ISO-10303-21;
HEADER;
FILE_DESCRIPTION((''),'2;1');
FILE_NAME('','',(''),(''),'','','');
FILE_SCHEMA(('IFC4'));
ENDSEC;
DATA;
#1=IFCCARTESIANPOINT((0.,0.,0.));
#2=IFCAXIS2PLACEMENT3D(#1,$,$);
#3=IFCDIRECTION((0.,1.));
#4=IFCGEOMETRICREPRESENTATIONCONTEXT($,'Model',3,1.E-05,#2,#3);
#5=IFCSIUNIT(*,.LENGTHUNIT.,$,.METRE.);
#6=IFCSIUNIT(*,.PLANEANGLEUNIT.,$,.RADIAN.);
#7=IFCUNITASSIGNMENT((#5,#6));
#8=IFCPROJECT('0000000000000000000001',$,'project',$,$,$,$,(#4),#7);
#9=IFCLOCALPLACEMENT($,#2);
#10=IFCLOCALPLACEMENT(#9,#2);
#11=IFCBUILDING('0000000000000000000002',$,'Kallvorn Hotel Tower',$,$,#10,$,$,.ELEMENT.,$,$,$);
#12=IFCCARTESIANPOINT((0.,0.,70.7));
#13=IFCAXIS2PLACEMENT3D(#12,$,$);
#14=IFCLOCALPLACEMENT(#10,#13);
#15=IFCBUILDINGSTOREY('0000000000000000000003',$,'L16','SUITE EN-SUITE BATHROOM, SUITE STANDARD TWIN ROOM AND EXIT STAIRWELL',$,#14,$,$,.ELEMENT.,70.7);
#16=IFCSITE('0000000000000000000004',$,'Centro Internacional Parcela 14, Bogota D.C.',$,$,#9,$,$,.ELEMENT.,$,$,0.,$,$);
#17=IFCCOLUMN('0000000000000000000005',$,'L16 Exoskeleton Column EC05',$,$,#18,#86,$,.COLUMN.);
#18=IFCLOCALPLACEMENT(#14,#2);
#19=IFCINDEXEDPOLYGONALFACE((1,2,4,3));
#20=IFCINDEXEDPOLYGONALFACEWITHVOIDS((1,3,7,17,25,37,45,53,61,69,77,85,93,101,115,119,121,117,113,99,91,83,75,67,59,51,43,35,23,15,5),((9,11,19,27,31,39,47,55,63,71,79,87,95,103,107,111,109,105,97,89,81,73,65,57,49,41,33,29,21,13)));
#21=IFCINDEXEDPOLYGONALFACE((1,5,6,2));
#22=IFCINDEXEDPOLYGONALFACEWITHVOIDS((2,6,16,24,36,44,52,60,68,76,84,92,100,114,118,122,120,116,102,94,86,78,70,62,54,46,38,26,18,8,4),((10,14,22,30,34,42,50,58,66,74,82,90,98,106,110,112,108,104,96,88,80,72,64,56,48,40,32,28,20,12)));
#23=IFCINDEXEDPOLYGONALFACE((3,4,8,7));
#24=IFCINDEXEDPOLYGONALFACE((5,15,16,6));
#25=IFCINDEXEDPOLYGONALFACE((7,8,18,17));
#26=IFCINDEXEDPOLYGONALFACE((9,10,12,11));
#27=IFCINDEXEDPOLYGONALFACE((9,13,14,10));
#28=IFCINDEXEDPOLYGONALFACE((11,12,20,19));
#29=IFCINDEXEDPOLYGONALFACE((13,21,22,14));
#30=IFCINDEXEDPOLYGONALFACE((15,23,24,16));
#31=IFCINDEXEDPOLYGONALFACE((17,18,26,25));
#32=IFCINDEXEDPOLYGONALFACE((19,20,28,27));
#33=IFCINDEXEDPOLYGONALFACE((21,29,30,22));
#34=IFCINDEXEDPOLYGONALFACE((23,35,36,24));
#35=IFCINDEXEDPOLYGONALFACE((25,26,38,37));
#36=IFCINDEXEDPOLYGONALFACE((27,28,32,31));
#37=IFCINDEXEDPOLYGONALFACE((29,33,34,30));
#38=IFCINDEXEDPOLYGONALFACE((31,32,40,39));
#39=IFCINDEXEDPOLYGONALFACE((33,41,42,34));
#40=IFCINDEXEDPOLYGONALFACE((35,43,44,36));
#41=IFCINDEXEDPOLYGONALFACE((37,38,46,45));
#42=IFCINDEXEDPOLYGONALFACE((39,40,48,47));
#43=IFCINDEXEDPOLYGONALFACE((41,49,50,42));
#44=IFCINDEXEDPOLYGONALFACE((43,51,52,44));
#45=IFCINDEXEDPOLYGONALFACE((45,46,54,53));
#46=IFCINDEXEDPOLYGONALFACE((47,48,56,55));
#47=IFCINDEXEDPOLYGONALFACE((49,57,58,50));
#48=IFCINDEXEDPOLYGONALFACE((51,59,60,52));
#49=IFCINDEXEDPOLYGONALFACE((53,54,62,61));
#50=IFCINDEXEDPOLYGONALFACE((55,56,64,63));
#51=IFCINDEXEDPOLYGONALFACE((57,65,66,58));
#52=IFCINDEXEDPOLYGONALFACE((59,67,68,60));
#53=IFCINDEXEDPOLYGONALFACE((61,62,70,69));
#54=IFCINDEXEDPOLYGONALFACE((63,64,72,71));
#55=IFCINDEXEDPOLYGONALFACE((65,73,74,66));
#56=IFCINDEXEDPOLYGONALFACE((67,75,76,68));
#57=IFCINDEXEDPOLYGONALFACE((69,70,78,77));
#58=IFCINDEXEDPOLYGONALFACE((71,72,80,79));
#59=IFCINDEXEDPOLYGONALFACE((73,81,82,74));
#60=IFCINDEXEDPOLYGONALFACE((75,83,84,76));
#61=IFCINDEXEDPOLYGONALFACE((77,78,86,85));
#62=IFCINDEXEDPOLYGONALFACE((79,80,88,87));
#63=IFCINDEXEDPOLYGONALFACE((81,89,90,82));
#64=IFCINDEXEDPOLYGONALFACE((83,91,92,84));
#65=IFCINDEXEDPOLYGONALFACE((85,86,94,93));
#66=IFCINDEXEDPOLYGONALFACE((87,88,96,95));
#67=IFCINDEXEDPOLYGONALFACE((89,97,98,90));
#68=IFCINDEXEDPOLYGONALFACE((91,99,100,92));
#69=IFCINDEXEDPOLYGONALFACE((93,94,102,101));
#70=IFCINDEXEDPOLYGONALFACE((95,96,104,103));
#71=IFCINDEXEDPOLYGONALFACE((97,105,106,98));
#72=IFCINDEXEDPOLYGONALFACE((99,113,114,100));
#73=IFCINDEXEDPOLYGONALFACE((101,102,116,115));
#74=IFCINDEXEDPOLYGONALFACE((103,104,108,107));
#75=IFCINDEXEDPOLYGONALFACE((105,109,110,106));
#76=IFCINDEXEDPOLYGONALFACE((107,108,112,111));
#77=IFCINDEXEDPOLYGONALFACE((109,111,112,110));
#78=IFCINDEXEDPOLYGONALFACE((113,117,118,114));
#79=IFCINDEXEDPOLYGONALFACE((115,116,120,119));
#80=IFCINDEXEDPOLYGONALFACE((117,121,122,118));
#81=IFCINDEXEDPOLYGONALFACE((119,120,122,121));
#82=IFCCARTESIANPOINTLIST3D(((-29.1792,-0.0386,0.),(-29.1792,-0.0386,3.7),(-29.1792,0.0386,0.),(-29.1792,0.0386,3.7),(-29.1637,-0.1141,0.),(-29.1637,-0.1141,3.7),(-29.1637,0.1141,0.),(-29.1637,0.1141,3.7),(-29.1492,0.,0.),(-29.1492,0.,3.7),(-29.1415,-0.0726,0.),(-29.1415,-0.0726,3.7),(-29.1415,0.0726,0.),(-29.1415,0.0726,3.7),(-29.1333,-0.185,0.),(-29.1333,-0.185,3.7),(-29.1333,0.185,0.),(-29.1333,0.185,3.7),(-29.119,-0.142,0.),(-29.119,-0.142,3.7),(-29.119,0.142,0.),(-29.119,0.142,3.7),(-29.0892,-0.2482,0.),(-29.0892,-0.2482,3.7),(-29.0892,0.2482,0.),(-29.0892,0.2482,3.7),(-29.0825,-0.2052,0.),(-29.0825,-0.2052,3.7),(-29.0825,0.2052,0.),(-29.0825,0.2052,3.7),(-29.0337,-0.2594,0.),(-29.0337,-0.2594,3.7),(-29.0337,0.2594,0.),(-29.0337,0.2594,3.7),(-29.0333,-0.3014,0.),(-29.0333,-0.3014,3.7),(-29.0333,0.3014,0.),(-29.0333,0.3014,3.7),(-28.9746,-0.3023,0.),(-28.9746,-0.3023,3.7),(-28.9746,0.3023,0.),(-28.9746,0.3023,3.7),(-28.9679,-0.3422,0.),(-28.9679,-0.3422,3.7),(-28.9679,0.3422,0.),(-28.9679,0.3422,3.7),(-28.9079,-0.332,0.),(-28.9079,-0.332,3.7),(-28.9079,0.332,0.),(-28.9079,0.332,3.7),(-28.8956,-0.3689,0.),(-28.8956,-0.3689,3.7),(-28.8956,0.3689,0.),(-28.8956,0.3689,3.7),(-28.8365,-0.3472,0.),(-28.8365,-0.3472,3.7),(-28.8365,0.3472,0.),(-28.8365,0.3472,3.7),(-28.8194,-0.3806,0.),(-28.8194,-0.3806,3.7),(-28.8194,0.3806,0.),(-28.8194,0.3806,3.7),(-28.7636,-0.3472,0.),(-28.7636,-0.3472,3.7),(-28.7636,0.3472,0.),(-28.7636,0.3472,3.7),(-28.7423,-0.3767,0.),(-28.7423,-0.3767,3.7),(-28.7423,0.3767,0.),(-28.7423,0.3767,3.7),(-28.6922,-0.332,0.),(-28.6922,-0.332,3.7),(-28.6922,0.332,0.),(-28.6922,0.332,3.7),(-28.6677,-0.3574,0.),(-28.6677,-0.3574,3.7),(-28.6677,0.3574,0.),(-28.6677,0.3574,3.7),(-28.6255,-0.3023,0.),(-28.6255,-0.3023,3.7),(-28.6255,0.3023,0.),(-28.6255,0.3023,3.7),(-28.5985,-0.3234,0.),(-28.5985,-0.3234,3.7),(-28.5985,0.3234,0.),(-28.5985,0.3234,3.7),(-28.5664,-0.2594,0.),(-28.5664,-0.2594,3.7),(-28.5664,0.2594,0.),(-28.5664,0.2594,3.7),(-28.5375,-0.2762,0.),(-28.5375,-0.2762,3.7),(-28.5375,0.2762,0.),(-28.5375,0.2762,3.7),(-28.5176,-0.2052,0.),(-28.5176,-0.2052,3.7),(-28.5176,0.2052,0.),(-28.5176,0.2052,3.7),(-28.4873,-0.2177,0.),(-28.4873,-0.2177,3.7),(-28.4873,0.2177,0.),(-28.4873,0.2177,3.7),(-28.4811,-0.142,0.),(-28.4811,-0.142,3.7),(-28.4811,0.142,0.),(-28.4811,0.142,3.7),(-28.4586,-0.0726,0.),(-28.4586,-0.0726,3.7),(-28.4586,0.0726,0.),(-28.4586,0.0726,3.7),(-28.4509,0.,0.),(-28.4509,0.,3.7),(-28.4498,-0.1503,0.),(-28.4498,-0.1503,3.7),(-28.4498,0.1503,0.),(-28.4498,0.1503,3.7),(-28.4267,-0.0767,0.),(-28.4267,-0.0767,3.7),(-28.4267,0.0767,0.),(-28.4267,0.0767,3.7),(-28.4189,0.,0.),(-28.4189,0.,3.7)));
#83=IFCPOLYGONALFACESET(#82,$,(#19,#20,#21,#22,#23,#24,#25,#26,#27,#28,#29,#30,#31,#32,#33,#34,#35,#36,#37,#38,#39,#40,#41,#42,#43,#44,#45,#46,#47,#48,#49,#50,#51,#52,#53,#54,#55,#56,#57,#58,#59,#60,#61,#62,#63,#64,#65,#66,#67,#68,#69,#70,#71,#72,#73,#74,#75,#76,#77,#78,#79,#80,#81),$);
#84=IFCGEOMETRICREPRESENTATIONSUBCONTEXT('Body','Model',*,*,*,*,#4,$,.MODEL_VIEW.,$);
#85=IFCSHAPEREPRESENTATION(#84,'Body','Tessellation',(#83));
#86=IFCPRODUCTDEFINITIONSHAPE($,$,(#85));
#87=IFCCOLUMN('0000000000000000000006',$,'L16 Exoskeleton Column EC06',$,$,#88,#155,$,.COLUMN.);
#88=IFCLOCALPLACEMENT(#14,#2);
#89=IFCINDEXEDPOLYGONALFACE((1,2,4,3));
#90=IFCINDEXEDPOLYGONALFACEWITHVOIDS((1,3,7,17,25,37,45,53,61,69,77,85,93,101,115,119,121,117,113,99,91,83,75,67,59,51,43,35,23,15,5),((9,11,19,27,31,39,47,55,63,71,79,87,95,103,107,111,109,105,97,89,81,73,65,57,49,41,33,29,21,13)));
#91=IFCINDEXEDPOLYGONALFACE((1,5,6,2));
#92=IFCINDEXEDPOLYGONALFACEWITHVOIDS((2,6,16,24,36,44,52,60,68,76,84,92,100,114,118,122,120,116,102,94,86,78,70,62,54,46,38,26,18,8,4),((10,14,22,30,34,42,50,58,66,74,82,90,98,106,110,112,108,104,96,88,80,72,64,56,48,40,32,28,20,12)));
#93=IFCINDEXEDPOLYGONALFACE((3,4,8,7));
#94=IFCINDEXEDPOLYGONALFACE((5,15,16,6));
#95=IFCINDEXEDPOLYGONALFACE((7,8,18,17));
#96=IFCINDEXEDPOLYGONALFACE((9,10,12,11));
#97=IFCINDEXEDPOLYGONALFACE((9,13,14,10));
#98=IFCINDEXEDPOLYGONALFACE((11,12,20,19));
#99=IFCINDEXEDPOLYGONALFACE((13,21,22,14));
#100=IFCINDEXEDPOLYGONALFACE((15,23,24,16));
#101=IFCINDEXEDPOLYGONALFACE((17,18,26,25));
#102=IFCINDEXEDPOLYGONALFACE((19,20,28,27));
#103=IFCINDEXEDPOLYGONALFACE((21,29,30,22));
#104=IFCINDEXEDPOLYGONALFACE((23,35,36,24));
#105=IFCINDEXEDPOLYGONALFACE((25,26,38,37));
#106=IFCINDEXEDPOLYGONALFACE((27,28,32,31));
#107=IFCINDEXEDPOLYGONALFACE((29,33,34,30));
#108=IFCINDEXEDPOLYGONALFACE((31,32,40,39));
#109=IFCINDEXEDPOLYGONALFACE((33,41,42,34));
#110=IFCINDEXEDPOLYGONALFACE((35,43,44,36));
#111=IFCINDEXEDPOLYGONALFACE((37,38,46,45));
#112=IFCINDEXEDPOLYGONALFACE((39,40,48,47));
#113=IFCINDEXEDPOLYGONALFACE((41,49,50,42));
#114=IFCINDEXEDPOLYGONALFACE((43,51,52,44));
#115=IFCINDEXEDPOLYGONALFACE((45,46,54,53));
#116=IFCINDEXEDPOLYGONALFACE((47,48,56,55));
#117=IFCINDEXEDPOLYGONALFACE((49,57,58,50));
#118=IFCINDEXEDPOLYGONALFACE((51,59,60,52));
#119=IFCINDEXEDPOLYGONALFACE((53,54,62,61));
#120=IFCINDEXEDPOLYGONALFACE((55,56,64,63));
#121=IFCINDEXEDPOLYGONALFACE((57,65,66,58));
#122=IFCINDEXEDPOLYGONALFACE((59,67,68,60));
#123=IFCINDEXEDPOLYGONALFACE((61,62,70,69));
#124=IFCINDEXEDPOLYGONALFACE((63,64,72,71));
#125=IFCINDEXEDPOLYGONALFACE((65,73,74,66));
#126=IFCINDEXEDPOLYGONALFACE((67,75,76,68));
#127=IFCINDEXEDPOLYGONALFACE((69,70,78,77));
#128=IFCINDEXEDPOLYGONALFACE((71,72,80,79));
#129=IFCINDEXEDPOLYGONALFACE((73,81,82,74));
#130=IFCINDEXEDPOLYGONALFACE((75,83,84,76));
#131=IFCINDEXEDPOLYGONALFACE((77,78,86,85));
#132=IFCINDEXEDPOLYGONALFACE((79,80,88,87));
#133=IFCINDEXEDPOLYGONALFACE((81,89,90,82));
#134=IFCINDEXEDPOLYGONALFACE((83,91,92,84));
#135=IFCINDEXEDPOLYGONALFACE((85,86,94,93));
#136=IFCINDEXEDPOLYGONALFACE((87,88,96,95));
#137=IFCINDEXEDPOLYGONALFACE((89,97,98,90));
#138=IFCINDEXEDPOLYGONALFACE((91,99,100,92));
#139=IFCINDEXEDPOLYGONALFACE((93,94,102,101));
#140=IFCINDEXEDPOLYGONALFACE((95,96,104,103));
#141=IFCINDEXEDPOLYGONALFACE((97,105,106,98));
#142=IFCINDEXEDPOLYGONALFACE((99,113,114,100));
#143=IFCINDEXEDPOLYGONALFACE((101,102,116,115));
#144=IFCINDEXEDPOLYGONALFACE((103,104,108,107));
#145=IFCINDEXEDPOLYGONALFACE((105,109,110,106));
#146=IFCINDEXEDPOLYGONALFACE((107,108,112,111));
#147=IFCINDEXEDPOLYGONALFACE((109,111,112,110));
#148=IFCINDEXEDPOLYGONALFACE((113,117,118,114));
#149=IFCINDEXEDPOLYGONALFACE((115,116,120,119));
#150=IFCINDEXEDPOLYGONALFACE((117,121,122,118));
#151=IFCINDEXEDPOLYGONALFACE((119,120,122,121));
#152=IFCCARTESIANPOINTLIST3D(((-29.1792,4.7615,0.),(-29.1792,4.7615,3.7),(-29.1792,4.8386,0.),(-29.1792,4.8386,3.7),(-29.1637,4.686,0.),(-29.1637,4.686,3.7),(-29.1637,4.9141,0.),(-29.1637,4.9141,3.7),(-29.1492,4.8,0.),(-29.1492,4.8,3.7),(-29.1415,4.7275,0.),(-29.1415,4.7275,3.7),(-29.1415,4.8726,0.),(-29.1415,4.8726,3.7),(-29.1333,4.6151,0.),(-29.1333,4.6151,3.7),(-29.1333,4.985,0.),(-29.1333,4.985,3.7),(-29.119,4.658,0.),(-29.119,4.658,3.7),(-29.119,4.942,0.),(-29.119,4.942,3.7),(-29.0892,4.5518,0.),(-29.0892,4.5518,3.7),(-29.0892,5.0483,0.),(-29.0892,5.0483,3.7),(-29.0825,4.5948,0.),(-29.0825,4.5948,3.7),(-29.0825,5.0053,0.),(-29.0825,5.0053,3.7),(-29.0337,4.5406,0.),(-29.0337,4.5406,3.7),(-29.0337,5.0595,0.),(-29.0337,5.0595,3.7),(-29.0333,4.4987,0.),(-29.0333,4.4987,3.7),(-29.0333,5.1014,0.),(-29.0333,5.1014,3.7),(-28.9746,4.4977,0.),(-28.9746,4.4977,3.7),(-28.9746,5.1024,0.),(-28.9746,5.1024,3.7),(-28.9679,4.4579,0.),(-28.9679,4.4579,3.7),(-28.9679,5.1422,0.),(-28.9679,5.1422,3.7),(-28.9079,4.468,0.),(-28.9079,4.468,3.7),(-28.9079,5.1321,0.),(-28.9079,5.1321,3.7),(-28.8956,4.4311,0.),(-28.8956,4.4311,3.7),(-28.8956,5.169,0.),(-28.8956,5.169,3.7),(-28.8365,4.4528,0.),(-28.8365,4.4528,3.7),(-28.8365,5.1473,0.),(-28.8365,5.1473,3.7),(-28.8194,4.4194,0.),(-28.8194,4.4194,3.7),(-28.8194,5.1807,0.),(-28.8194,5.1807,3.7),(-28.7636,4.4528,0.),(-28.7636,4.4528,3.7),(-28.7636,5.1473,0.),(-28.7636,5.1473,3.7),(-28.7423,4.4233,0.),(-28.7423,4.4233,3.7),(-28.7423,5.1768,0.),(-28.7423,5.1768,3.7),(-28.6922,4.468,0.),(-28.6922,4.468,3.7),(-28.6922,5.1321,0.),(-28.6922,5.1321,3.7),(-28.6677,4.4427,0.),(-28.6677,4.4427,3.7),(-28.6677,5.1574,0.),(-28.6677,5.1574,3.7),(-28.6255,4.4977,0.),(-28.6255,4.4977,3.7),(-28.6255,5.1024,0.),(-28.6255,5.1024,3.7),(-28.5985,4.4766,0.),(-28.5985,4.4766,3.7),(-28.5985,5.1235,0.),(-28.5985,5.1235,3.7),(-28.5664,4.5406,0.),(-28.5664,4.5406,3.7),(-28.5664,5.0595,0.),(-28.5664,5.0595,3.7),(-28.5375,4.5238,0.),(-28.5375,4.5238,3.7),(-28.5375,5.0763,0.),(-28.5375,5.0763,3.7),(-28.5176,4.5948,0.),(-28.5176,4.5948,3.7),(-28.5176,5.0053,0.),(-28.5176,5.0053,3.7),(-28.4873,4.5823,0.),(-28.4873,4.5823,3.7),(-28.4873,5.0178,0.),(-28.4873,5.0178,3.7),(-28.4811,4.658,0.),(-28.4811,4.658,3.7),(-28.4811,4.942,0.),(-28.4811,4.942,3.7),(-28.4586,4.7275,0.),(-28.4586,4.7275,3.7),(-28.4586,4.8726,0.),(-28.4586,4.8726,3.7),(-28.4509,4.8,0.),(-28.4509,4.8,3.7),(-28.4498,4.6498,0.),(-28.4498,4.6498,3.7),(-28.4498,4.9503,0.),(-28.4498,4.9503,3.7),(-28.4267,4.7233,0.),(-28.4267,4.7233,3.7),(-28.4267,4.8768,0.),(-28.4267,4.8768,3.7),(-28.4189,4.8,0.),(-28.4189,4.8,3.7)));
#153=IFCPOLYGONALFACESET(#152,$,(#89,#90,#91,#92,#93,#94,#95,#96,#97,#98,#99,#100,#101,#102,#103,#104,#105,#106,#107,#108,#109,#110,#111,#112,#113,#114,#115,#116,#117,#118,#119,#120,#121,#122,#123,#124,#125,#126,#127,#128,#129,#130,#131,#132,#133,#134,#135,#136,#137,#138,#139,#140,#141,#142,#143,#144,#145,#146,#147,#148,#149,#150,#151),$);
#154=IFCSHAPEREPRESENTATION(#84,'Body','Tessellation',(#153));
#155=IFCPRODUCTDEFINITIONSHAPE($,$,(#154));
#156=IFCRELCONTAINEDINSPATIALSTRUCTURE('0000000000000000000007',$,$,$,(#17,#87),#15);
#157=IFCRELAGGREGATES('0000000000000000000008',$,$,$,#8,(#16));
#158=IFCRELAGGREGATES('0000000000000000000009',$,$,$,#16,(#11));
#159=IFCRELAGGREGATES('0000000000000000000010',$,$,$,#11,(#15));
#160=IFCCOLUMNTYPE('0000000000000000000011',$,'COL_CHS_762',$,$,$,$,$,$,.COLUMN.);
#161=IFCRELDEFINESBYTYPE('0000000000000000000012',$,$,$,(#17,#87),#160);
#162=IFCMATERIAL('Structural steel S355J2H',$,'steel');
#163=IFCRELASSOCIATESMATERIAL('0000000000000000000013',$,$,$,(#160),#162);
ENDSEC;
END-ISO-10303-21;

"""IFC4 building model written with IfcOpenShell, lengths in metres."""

from ifc_helpers import new_model, si_unit, direction, frame, origin, origin_2d, place, context, subcontext, project, spatial, hollow_circle, extrude, material, material_profile, profile_set, type_object, element, save


model = new_model("IFC4")

# Units and contexts
model_context = context("Model", 3, precision=1e-05, world=origin(), true_north=direction((0.0, 1.0)))
body_context = subcontext(model_context, "Body", "Model", "MODEL_VIEW")
ifc_project = project(units=[si_unit("LENGTHUNIT", "METRE"), si_unit("PLANEANGLEUNIT", "RADIAN")], contexts=[model_context])

# Site, building, storey
site_placement = place(None, origin())
site = spatial("IfcSite", under=ifc_project, at=site_placement, Name="Centro Internacional Parcela 14, Bogota D.C.", CompositionType="ELEMENT", RefElevation=0.0)
building_placement = place(site_placement, origin())
building = spatial("IfcBuilding", under=site, at=building_placement, Name="Kallvorn Hotel Tower", CompositionType="ELEMENT")
storey_placement = place(building_placement, frame((0.0, 0.0, 70.7)))
storey = spatial("IfcBuildingStorey", under=building, at=storey_placement, Name="L16", Description="SUITE EN-SUITE BATHROOM, SUITE STANDARD TWIN ROOM AND EXIT STAIRWELL", CompositionType="ELEMENT", Elevation=70.7)

# Columns
ifc_material_1 = material(Name="Structural steel S355J2H", Category="steel")
ifc_material_profile_1 = material_profile(ifc_material_1, hollow_circle(Radius=0.3811, WallThickness=0.032, at=origin_2d()), Name="CHS 762x32")
ifc_profile_set_1 = profile_set([ifc_material_profile_1], Name="Structural steel S355J2H")
column_type = type_object("IfcColumnType", Name="COL_CHS_762", PredefinedType="COLUMN", material=ifc_profile_set_1)
for number, where, z_axis, x_axis, name in (
    (1, (-28.8, 0.0, 0.0), (0.0, 0.0, 1.0), (1.0, 0.0, 0.0), "L16 Exoskeleton Column EC05"),
    (2, (-28.8, 4.8, 0.0), (0.0, 0.0, 1.0), (1.0, 0.0, 0.0), "L16 Exoskeleton Column EC06"),
):
    element("IfcColumn", number, at=place(storey_placement, frame(where, z_axis=z_axis, x_axis=x_axis)), inside=storey, type_object=column_type, Name=name, PredefinedType="COLUMN", context=body_context, shape_type="SweptSolid", body=[
        extrude(hollow_circle(Radius=0.3811, WallThickness=0.032, at=origin_2d()), origin(), (0.0, 0.0, 1.0), 3.7),
    ])

save(model, "model.ifc")
